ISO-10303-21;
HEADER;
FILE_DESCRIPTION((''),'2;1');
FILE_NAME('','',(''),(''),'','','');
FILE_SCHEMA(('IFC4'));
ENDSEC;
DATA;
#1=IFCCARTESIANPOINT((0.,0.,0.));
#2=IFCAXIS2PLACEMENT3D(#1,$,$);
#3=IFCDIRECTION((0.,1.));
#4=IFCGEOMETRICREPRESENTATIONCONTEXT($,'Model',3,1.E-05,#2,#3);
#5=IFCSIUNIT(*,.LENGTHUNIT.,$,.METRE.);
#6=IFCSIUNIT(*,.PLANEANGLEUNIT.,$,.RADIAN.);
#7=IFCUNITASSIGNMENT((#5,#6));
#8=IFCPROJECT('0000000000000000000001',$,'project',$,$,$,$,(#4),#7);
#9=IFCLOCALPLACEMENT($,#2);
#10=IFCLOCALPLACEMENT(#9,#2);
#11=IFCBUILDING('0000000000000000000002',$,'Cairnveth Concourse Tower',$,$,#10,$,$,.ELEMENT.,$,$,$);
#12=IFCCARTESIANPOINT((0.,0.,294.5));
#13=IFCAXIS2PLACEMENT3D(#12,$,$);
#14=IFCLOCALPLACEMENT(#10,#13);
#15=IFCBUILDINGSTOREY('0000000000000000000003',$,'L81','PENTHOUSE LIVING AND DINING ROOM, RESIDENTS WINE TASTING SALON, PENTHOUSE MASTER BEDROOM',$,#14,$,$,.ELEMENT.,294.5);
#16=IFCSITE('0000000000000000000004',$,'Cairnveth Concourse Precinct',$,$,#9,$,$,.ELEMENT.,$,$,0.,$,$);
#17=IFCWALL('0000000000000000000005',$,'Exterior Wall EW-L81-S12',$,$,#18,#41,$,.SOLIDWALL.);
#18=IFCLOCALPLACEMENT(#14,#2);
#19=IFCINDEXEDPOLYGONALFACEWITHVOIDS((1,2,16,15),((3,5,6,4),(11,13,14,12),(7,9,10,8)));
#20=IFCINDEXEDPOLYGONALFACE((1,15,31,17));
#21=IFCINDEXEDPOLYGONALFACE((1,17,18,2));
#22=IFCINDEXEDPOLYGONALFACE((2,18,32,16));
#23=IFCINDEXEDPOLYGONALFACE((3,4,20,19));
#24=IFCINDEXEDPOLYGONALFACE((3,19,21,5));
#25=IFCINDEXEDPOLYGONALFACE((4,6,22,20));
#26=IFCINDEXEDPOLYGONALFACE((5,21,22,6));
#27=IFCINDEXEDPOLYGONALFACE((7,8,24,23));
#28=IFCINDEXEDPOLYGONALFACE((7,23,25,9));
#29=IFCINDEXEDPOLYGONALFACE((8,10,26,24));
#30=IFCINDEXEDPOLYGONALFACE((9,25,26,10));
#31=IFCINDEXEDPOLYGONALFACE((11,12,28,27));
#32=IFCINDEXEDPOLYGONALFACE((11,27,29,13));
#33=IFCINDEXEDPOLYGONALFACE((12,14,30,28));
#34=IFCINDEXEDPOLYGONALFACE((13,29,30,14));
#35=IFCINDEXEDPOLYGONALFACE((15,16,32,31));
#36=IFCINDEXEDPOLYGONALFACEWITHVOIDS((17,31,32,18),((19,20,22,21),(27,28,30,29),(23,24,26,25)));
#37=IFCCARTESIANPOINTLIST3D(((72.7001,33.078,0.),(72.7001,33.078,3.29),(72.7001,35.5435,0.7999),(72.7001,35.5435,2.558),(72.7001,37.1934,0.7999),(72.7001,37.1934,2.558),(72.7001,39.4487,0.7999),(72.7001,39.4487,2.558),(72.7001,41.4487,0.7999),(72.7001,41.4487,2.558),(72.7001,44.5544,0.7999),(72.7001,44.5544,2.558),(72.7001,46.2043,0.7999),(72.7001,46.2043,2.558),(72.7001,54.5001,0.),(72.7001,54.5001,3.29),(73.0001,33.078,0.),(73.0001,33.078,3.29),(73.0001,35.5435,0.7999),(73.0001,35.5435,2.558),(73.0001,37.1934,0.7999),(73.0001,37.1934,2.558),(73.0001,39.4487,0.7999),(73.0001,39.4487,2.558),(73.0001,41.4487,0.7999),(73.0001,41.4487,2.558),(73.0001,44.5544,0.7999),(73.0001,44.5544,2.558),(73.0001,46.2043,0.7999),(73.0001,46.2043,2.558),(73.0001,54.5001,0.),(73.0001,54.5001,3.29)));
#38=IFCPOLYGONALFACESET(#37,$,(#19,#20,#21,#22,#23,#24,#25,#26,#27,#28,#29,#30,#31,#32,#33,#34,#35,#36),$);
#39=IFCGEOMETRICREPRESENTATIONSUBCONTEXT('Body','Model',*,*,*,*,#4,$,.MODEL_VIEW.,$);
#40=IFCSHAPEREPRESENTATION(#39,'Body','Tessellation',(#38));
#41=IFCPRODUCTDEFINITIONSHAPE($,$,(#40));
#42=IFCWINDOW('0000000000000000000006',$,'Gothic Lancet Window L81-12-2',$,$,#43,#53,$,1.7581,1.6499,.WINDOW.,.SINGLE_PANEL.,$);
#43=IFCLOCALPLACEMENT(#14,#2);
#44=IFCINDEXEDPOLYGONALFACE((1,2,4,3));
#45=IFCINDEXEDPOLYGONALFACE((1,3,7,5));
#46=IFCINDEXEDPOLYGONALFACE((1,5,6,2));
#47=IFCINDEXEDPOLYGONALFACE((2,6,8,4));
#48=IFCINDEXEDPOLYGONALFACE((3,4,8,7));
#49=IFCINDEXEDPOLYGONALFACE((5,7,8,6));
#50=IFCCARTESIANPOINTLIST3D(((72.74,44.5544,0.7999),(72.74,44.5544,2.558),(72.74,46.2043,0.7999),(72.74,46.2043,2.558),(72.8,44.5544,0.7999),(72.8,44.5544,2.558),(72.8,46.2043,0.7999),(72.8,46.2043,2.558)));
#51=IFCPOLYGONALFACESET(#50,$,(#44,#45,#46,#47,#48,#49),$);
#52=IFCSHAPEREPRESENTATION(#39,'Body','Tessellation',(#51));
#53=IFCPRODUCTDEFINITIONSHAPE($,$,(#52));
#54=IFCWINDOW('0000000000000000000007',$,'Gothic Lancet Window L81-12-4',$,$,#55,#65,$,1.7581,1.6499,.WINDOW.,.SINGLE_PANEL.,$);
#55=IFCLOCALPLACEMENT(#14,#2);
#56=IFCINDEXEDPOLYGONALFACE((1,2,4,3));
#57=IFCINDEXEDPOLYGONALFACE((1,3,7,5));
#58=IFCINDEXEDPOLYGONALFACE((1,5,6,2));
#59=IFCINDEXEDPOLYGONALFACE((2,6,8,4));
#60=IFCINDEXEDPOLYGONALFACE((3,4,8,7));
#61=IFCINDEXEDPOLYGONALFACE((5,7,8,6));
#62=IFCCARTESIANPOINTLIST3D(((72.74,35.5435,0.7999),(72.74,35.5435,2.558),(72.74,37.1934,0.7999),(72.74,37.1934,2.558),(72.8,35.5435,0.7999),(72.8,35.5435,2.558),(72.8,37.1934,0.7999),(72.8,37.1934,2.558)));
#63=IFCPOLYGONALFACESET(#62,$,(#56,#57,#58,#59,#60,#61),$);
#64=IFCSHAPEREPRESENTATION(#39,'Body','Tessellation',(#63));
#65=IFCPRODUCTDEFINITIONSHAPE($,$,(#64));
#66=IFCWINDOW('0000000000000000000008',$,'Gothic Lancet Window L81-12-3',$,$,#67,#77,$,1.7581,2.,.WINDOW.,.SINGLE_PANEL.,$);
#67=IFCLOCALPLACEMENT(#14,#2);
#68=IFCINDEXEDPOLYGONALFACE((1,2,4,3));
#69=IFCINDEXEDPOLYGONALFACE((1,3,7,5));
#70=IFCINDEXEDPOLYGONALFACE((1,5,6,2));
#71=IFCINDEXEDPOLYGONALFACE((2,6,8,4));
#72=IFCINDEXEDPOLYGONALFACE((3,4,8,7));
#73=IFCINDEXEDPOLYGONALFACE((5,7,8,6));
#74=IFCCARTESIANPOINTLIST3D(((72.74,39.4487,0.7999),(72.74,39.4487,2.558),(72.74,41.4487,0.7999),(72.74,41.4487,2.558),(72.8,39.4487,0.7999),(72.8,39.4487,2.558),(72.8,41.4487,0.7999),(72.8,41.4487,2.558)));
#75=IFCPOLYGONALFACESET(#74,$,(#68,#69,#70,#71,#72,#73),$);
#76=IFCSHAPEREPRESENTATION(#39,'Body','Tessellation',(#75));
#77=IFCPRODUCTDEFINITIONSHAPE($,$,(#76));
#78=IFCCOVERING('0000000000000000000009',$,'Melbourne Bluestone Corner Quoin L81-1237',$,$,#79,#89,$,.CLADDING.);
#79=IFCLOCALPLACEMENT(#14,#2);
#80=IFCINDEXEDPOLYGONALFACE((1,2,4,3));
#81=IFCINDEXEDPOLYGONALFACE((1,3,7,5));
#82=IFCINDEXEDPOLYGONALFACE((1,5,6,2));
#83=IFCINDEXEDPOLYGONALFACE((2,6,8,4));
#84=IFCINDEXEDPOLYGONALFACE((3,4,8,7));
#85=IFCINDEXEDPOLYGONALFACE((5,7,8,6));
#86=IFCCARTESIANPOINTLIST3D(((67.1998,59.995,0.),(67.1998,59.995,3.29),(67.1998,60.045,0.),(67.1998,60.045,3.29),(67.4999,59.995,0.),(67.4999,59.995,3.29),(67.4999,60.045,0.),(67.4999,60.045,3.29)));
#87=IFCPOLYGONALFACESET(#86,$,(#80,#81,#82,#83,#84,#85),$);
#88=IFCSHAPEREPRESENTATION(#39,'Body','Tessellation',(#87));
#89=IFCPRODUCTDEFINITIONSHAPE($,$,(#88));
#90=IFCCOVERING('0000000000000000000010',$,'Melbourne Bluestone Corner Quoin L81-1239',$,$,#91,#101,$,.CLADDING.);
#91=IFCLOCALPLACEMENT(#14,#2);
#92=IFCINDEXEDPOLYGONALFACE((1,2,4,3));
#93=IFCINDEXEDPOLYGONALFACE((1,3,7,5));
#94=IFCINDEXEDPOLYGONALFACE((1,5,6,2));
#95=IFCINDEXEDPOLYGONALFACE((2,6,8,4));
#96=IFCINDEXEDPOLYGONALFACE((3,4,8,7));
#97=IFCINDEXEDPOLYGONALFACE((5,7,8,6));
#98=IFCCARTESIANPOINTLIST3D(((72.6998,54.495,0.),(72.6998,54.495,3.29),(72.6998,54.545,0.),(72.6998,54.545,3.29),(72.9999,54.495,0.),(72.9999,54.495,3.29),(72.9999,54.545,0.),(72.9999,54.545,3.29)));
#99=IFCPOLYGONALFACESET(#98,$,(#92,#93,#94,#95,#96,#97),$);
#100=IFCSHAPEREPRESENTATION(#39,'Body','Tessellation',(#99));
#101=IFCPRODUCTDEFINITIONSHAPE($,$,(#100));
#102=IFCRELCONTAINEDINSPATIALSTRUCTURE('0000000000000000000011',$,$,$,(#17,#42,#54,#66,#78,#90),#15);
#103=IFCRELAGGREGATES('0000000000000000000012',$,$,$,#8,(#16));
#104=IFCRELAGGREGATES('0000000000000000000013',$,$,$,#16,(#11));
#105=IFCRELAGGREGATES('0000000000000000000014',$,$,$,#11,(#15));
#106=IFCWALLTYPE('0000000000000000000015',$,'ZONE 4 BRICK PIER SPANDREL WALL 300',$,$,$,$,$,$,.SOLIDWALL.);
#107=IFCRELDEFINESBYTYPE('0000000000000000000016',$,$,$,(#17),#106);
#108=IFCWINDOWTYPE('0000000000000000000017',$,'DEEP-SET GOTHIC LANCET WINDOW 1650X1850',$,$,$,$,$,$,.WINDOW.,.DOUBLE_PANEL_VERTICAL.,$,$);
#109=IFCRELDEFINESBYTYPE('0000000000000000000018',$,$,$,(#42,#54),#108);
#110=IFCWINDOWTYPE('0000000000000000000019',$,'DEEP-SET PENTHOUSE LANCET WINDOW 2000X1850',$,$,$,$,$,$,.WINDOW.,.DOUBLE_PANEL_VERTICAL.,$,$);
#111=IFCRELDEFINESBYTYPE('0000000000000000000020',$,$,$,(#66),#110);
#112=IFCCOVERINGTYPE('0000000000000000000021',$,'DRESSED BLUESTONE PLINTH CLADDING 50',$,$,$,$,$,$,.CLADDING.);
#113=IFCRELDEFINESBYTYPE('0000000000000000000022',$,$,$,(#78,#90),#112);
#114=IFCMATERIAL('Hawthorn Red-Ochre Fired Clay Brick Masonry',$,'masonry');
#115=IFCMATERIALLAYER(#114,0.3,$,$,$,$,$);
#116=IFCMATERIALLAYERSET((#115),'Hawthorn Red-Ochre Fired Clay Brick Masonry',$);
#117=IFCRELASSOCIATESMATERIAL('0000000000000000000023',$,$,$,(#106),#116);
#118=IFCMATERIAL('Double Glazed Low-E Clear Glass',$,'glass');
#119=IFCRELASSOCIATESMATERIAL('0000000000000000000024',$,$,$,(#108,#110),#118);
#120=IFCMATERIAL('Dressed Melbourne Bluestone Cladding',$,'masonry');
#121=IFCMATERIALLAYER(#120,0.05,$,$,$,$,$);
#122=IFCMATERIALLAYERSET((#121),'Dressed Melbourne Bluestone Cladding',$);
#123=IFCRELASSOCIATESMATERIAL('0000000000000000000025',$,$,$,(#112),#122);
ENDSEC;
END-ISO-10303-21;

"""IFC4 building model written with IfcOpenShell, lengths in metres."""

from ifc_helpers import new_model, si_unit, direction, frame, frame_2d, origin, place, context, subcontext, project, spatial, rectangle, extrude, material, layer, layer_set, type_object, element, fill, save


model = new_model("IFC4")

# Units and contexts
model_context = context("Model", 3, precision=1e-05, world=origin(), true_north=direction((0.0, 1.0)))
body_context = subcontext(model_context, "Body", "Model", "MODEL_VIEW")
ifc_project = project(units=[si_unit("LENGTHUNIT", "METRE"), si_unit("PLANEANGLEUNIT", "RADIAN")], contexts=[model_context])

# Site, building, storey
site_placement = place(None, origin())
site = spatial("IfcSite", under=ifc_project, at=site_placement, Name="Cairnveth Concourse Precinct", CompositionType="ELEMENT", RefElevation=0.0)
building_placement = place(site_placement, origin())
building = spatial("IfcBuilding", under=site, at=building_placement, Name="Cairnveth Concourse Tower", CompositionType="ELEMENT")
storey_placement = place(building_placement, frame((0.0, 0.0, 294.5)))
storey = spatial("IfcBuildingStorey", under=building, at=storey_placement, Name="L81", Description="PENTHOUSE LIVING AND DINING ROOM, RESIDENTS WINE TASTING SALON, PENTHOUSE MASTER BEDROOM", CompositionType="ELEMENT", Elevation=294.5)

# Shared definitions
ifc_material_1 = material(Name="Hawthorn Red-Ochre Fired Clay Brick Masonry", Category="masonry")
ifc_layer_1 = layer(ifc_material_1, 0.3)
ifc_layer_set_1 = layer_set([ifc_layer_1], Name="Hawthorn Red-Ochre Fired Clay Brick Masonry")
wall_type = type_object("IfcWallType", Name="ZONE 4 BRICK PIER SPANDREL WALL 300", PredefinedType="SOLIDWALL", material=ifc_layer_set_1)
ifc_material_2 = material(Name="Double Glazed Low-E Clear Glass", Category="glass")

# Wall, openings, windows
wall_1_placement = place(storey_placement, frame((72.8501, 54.5, 0.0), z_axis=(0.0, 0.0, 1.0), x_axis=(0.0, -1.0, 0.0)))
wall_1 = element("IfcWall", 1, at=wall_1_placement, inside=storey, type_object=wall_type, Name="Exterior Wall EW-L81-S12", PredefinedType="SOLIDWALL", context=body_context, shape_type="SweptSolid", body=[
    extrude(rectangle(XDim=21.4221, YDim=0.3, at=frame_2d((10.7109, 0.0))), origin(), (0.0, 0.0, 1.0), 3.29),
])
opening_1_placement = place(wall_1_placement, frame((8.2957, 0.0, 0.8)))
opening_1 = element("IfcOpeningElement", 2, at=opening_1_placement, cuts=wall_1, PredefinedType="OPENING", context=body_context, shape_type="SweptSolid", body=[
    extrude(rectangle(XDim=1.6499, YDim=1.7581, at=frame_2d((0.825, 0.8789))), frame((0.0, 0.1599, 0.0), z_axis=(0.0, -1.0, 0.0), x_axis=(1.0, 0.0, 0.0)), (0.0, 0.0, 1.0), 0.3201),
])
opening_2_placement = place(wall_1_placement, frame((13.0513, 0.0, 0.8)))
opening_2 = element("IfcOpeningElement", 3, at=opening_2_placement, cuts=wall_1, PredefinedType="OPENING", context=body_context, shape_type="SweptSolid", body=[
    extrude(rectangle(XDim=2.0, YDim=1.7581, at=frame_2d((1.0, 0.8789))), frame((0.0, 0.1599, 0.0), z_axis=(0.0, -1.0, 0.0), x_axis=(1.0, 0.0, 0.0)), (0.0, 0.0, 1.0), 0.3201),
])
opening_3_placement = place(wall_1_placement, frame((17.3066, 0.0, 0.8)))
opening_3 = element("IfcOpeningElement", 4, at=opening_3_placement, cuts=wall_1, PredefinedType="OPENING", context=body_context, shape_type="SweptSolid", body=[
    extrude(rectangle(XDim=1.6499, YDim=1.7581, at=frame_2d((0.825, 0.8789))), frame((0.0, 0.1599, 0.0), z_axis=(0.0, -1.0, 0.0), x_axis=(1.0, 0.0, 0.0)), (0.0, 0.0, 1.0), 0.3201),
])
window_type_1 = type_object("IfcWindowType", Name="DEEP-SET GOTHIC LANCET WINDOW 1650X1850", PartitioningType="DOUBLE_PANEL_VERTICAL", PredefinedType="WINDOW", material=ifc_material_2)
window_1_placement = place(opening_1_placement, origin())
window_1 = element("IfcWindow", 5, at=window_1_placement, inside=storey, type_object=window_type_1, Name="Gothic Lancet Window L81-12-2", OverallHeight=1.7581, OverallWidth=1.6499, PartitioningType="SINGLE_PANEL", PredefinedType="WINDOW", context=body_context, shape_type="SweptSolid", body=[
    extrude(rectangle(XDim=1.6499, YDim=1.7581, at=frame_2d((0.825, 0.8789))), frame((0.0, -0.05, 0.0), z_axis=(0.0, -1.0, 0.0), x_axis=(1.0, 0.0, 0.0)), (0.0, 0.0, 1.0), 0.0601),
])
fill(opening_1, window_1)
window_2_placement = place(opening_3_placement, origin())
window_2 = element("IfcWindow", 6, at=window_2_placement, inside=storey, type_object=window_type_1, Name="Gothic Lancet Window L81-12-4", OverallHeight=1.7581, OverallWidth=1.6499, PartitioningType="SINGLE_PANEL", PredefinedType="WINDOW", context=body_context, shape_type="SweptSolid", body=[
    extrude(rectangle(XDim=1.6499, YDim=1.7581, at=frame_2d((0.825, 0.8789))), frame((0.0, -0.05, 0.0), z_axis=(0.0, -1.0, 0.0), x_axis=(1.0, 0.0, 0.0)), (0.0, 0.0, 1.0), 0.0601),
])
fill(opening_3, window_2)
window_type_2 = type_object("IfcWindowType", Name="DEEP-SET PENTHOUSE LANCET WINDOW 2000X1850", PartitioningType="DOUBLE_PANEL_VERTICAL", PredefinedType="WINDOW", material=ifc_material_2)
window_3_placement = place(opening_2_placement, origin())
window_3 = element("IfcWindow", 7, at=window_3_placement, inside=storey, type_object=window_type_2, Name="Gothic Lancet Window L81-12-3", OverallHeight=1.7581, OverallWidth=2.0, PartitioningType="SINGLE_PANEL", PredefinedType="WINDOW", context=body_context, shape_type="SweptSolid", body=[
    extrude(rectangle(XDim=2.0, YDim=1.7581, at=frame_2d((1.0, 0.8789))), frame((0.0, -0.05, 0.0), z_axis=(0.0, -1.0, 0.0), x_axis=(1.0, 0.0, 0.0)), (0.0, 0.0, 1.0), 0.0601),
])
fill(opening_2, window_3)

# Coverings
ifc_material_3 = material(Name="Dressed Melbourne Bluestone Cladding", Category="masonry")
ifc_layer_2 = layer(ifc_material_3, 0.05)
ifc_layer_set_2 = layer_set([ifc_layer_2], Name="Dressed Melbourne Bluestone Cladding")
covering_type = type_object("IfcCoveringType", Name="DRESSED BLUESTONE PLINTH CLADDING 50", PredefinedType="CLADDING", material=ifc_layer_set_2)
for number, where, z_axis, x_axis, name in (
    (8, (67.2, 60.02, 0.0), (0.0, 0.0, 1.0), (1.0, 0.0, 0.0), "Melbourne Bluestone Corner Quoin L81-1237"),
    (9, (72.7, 54.52, 0.0), (0.0, 0.0, 1.0), (1.0, 0.0, 0.0), "Melbourne Bluestone Corner Quoin L81-1239"),
):
    element("IfcCovering", number, at=place(storey_placement, frame(where, z_axis=z_axis, x_axis=x_axis)), inside=storey, type_object=covering_type, Name=name, PredefinedType="CLADDING", context=body_context, shape_type="SweptSolid", body=[
        extrude(rectangle(XDim=0.3, YDim=0.05, at=frame_2d((0.1499, 0.0))), origin(), (0.0, 0.0, 1.0), 3.29),
    ])

save(model, "model.ifc")
